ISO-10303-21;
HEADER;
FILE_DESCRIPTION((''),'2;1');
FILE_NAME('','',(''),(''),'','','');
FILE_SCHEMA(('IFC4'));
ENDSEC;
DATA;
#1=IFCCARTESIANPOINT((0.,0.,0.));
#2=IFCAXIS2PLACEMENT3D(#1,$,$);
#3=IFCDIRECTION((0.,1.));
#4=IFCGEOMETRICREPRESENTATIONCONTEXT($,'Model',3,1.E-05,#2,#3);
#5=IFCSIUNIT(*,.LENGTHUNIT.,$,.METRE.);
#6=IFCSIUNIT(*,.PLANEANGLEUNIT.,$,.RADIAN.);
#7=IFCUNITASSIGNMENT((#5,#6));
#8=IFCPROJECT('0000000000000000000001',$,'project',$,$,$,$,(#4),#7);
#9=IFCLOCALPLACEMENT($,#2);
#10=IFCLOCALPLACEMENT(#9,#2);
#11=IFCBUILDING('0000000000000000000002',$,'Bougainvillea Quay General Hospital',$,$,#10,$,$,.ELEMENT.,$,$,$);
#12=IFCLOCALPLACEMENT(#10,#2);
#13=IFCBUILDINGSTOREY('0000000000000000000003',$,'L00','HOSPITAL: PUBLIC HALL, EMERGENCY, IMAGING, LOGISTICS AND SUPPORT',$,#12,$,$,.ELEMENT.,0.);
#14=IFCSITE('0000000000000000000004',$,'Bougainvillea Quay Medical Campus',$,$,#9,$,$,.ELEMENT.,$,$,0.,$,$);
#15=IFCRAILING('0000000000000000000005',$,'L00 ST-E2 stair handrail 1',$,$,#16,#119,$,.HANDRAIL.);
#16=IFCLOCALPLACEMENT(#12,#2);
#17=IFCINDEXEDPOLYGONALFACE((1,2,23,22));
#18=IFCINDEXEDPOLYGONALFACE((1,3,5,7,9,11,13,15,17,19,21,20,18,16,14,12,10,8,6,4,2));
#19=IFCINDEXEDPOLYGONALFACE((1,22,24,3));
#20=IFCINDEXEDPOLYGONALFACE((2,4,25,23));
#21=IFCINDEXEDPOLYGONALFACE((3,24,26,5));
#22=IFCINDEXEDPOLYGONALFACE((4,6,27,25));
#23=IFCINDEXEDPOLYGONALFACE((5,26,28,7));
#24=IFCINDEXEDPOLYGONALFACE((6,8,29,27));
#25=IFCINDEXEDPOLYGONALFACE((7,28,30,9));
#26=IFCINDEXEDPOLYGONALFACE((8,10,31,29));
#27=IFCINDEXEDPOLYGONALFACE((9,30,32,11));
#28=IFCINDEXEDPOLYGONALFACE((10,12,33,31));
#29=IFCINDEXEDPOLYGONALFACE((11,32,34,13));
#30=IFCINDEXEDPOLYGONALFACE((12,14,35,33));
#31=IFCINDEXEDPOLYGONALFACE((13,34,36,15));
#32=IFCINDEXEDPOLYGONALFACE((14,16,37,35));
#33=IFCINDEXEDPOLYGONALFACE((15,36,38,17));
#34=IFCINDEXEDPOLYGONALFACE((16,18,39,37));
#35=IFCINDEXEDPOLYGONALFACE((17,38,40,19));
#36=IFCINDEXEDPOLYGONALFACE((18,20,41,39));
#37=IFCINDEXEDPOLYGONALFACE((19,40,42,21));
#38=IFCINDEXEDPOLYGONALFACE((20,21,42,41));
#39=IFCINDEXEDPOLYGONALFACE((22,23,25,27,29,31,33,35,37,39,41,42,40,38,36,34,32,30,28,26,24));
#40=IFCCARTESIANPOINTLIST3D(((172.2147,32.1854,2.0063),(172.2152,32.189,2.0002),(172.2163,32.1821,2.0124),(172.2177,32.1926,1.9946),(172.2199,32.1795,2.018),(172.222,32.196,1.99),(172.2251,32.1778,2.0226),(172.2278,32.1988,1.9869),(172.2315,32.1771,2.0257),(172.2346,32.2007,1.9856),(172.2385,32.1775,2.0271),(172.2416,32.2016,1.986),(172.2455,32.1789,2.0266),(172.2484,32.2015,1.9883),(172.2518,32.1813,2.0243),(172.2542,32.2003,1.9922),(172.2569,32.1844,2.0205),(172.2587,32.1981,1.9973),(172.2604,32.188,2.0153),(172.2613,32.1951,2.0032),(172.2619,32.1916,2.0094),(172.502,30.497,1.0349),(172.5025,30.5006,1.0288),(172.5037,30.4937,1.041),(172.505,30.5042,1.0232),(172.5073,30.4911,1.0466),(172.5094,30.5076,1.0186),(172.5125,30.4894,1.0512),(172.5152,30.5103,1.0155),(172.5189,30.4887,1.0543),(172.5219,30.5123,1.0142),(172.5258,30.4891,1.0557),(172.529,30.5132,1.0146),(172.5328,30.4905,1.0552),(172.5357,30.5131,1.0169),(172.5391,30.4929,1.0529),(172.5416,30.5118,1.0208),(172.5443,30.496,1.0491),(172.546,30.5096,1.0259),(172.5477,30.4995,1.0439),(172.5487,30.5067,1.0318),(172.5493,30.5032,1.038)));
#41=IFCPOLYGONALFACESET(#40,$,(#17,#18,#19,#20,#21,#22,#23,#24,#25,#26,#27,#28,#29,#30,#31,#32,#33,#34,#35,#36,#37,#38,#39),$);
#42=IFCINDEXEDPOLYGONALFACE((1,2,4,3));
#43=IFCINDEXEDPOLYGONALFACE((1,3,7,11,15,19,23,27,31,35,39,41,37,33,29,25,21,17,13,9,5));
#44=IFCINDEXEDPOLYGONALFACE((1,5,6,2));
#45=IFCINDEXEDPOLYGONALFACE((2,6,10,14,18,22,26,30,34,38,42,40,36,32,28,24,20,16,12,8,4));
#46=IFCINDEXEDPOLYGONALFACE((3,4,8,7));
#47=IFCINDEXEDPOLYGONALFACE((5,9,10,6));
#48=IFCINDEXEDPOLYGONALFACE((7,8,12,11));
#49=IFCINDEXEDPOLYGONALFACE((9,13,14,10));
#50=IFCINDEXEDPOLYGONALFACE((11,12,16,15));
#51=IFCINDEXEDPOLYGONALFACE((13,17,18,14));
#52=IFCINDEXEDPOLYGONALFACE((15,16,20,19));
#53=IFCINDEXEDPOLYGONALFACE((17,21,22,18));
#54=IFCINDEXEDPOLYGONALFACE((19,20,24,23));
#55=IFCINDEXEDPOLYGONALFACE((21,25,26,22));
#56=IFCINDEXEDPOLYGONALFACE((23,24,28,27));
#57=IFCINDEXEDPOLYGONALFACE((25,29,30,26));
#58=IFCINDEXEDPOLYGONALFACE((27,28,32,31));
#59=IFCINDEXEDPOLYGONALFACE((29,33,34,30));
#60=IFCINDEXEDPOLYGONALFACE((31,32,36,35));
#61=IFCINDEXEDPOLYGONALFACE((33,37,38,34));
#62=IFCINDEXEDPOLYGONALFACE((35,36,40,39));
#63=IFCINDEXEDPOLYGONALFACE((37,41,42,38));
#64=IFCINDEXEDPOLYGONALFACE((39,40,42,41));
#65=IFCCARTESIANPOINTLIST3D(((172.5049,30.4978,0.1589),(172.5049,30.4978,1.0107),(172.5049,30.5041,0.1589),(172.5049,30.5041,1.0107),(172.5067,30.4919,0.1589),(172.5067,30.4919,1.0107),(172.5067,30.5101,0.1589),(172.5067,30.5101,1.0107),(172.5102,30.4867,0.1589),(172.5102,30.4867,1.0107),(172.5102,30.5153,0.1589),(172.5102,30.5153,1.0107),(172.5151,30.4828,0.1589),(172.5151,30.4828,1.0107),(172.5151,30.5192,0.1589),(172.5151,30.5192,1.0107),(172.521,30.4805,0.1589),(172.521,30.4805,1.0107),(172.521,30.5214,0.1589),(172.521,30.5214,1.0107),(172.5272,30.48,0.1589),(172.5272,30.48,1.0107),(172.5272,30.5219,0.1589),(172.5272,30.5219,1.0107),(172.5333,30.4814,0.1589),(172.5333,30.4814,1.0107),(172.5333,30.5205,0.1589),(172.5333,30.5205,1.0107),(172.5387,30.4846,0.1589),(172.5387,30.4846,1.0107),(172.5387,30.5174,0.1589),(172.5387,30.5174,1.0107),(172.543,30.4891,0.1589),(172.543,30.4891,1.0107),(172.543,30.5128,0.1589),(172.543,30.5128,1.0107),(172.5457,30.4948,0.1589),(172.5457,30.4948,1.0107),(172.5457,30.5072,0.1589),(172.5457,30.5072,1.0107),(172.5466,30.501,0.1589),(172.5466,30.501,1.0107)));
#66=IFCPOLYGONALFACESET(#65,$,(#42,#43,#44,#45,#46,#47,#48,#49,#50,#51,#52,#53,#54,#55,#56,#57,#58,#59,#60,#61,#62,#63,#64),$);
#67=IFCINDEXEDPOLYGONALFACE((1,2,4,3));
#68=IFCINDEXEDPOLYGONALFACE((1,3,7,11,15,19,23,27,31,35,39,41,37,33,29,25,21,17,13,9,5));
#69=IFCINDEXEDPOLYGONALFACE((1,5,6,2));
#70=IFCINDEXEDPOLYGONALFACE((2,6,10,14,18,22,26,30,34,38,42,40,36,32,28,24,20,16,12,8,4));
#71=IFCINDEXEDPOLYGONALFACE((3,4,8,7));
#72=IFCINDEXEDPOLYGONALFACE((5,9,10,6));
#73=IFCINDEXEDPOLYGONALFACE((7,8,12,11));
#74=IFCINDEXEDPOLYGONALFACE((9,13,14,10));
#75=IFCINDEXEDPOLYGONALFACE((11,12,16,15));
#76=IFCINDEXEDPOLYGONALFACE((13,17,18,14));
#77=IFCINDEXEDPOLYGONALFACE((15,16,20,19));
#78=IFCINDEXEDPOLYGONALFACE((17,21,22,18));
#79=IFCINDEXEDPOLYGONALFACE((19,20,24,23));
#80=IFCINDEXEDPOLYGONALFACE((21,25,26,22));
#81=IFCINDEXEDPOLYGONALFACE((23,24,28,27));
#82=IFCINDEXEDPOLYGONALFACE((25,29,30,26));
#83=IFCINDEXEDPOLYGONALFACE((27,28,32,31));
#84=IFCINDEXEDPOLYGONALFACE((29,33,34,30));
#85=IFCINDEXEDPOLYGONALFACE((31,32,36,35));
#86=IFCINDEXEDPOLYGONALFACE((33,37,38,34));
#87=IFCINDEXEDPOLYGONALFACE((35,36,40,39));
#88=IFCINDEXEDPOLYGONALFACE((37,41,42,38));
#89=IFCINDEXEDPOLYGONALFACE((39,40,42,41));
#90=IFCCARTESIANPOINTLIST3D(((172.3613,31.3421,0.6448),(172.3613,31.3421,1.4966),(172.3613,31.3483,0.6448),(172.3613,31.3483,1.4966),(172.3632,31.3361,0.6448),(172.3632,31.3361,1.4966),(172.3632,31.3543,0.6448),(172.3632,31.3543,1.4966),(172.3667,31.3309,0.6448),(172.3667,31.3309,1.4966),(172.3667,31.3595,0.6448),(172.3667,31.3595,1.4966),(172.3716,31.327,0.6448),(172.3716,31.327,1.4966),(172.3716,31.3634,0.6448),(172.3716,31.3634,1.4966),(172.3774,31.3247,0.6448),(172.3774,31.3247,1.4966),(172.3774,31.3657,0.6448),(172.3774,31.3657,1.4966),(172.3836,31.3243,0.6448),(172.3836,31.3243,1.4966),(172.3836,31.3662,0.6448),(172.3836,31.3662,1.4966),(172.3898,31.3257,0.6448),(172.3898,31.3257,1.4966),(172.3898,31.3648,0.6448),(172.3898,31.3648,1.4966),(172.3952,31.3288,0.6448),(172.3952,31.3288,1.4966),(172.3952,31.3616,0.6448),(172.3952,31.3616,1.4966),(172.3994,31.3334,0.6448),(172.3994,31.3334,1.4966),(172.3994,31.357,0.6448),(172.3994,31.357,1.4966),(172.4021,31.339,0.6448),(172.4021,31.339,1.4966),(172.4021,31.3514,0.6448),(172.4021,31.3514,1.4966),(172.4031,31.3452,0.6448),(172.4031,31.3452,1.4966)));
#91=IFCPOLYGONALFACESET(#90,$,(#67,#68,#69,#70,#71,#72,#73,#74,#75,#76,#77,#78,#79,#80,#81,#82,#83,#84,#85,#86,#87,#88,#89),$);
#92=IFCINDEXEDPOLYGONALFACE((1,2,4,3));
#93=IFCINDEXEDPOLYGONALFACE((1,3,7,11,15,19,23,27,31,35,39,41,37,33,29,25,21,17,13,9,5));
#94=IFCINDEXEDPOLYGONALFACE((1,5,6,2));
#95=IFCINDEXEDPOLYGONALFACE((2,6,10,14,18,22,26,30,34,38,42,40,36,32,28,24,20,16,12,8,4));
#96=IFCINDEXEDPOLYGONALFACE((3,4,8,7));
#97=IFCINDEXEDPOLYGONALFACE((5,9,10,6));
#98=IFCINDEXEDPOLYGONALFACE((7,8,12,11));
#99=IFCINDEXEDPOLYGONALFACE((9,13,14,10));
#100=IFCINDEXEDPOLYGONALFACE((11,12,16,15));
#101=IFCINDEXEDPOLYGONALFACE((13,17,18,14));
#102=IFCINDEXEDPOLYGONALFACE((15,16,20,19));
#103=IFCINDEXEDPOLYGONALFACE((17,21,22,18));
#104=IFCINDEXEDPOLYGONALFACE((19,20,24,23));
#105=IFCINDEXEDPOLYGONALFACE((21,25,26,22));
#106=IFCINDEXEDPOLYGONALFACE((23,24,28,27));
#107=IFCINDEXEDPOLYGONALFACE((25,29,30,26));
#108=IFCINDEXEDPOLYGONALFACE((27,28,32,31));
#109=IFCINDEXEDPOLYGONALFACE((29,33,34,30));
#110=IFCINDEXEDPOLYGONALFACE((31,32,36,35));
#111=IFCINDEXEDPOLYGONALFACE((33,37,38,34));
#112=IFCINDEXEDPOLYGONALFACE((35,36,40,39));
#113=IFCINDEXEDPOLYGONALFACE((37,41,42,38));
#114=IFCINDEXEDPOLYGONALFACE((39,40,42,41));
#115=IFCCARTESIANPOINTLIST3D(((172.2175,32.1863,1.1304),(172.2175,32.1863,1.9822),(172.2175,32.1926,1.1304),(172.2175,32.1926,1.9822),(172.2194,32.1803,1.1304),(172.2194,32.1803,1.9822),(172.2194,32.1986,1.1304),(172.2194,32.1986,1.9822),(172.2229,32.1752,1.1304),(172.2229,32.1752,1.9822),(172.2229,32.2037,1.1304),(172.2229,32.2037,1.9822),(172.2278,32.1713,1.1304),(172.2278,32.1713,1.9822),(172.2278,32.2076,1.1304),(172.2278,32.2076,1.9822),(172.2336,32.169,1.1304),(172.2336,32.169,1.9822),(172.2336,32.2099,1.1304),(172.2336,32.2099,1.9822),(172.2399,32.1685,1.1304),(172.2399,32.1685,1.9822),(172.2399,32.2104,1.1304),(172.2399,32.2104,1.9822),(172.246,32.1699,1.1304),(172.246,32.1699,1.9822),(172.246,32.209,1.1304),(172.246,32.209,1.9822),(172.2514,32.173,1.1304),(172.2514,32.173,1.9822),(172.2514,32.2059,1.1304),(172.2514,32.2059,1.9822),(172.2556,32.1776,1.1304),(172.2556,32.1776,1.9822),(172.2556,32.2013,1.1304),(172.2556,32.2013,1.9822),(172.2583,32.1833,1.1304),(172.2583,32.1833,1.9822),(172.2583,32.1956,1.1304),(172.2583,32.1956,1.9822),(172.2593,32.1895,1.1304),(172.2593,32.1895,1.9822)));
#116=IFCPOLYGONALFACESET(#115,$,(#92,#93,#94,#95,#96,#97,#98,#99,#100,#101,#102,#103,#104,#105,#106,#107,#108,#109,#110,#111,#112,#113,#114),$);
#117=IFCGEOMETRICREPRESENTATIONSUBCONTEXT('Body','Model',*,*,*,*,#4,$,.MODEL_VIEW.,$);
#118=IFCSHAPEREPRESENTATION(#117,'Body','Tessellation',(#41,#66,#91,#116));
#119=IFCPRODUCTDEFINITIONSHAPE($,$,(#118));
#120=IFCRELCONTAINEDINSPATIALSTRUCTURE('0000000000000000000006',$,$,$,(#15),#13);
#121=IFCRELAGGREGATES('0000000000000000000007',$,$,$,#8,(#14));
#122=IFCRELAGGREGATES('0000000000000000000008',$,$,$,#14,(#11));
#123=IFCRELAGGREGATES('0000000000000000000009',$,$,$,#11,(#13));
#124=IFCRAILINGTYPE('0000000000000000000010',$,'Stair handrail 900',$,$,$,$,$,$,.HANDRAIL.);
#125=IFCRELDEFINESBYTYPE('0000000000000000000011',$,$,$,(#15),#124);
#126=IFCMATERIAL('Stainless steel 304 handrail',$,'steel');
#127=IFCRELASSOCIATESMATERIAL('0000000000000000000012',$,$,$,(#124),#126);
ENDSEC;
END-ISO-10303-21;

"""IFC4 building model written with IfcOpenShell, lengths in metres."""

from ifc_helpers import new_model, si_unit, direction, frame, origin, origin_2d, place, context, subcontext, project, spatial, circle, extrude, material, type_object, element, save


model = new_model("IFC4")

# Units and contexts
model_context = context("Model", 3, precision=1e-05, world=origin(), true_north=direction((0.0, 1.0)))
body_context = subcontext(model_context, "Body", "Model", "MODEL_VIEW")
ifc_project = project(units=[si_unit("LENGTHUNIT", "METRE"), si_unit("PLANEANGLEUNIT", "RADIAN")], contexts=[model_context])

# Site, building, storey
site_placement = place(None, origin())
site = spatial("IfcSite", under=ifc_project, at=site_placement, Name="Bougainvillea Quay Medical Campus", CompositionType="ELEMENT", RefElevation=0.0)
building_placement = place(site_placement, origin())
building = spatial("IfcBuilding", under=site, at=building_placement, Name="Bougainvillea Quay General Hospital", CompositionType="ELEMENT")
storey_placement = place(building_placement, origin())
storey = spatial("IfcBuildingStorey", under=building, at=storey_placement, Name="L00", Description="HOSPITAL: PUBLIC HALL, EMERGENCY, IMAGING, LOGISTICS AND SUPPORT", CompositionType="ELEMENT", Elevation=0.0)

# Railing
ifc_material_1 = material(Name="Stainless steel 304 handrail", Category="steel")
railing_type_1 = type_object("IfcRailingType", Name="Stair handrail 900", PredefinedType="HANDRAIL", material=ifc_material_1)
railing_1_placement = place(storey_placement, frame((172.5256, 30.501, 0.1589)))
element("IfcRailing", 1, at=railing_1_placement, inside=storey, type_object=railing_type_1, Name="L00 ST-E2 stair handrail 1", PredefinedType="HANDRAIL", context=body_context, shape_type="SweptSolid", body=[
    extrude(circle(Radius=0.0239, at=origin_2d()), frame((0.0, 0.0, 0.876), z_axis=(-0.145934, 0.857502, 0.493349), x_axis=(-0.985826, -0.167773, 0.0)), (0.0, 0.0, 1.0), 1.969),
    extrude(circle(Radius=0.021, at=origin_2d()), origin(), (0.0, 0.0, 1.0), 0.8518),
    extrude(circle(Radius=0.021, at=origin_2d()), frame((-0.1436, 0.8442, 0.4858)), (0.0, 0.0, 1.0), 0.8518),
    extrude(circle(Radius=0.021, at=origin_2d()), frame((-0.2874, 1.6885, 0.9714)), (0.0, 0.0, 1.0), 0.8518),
])

save(model, "model.ifc")
